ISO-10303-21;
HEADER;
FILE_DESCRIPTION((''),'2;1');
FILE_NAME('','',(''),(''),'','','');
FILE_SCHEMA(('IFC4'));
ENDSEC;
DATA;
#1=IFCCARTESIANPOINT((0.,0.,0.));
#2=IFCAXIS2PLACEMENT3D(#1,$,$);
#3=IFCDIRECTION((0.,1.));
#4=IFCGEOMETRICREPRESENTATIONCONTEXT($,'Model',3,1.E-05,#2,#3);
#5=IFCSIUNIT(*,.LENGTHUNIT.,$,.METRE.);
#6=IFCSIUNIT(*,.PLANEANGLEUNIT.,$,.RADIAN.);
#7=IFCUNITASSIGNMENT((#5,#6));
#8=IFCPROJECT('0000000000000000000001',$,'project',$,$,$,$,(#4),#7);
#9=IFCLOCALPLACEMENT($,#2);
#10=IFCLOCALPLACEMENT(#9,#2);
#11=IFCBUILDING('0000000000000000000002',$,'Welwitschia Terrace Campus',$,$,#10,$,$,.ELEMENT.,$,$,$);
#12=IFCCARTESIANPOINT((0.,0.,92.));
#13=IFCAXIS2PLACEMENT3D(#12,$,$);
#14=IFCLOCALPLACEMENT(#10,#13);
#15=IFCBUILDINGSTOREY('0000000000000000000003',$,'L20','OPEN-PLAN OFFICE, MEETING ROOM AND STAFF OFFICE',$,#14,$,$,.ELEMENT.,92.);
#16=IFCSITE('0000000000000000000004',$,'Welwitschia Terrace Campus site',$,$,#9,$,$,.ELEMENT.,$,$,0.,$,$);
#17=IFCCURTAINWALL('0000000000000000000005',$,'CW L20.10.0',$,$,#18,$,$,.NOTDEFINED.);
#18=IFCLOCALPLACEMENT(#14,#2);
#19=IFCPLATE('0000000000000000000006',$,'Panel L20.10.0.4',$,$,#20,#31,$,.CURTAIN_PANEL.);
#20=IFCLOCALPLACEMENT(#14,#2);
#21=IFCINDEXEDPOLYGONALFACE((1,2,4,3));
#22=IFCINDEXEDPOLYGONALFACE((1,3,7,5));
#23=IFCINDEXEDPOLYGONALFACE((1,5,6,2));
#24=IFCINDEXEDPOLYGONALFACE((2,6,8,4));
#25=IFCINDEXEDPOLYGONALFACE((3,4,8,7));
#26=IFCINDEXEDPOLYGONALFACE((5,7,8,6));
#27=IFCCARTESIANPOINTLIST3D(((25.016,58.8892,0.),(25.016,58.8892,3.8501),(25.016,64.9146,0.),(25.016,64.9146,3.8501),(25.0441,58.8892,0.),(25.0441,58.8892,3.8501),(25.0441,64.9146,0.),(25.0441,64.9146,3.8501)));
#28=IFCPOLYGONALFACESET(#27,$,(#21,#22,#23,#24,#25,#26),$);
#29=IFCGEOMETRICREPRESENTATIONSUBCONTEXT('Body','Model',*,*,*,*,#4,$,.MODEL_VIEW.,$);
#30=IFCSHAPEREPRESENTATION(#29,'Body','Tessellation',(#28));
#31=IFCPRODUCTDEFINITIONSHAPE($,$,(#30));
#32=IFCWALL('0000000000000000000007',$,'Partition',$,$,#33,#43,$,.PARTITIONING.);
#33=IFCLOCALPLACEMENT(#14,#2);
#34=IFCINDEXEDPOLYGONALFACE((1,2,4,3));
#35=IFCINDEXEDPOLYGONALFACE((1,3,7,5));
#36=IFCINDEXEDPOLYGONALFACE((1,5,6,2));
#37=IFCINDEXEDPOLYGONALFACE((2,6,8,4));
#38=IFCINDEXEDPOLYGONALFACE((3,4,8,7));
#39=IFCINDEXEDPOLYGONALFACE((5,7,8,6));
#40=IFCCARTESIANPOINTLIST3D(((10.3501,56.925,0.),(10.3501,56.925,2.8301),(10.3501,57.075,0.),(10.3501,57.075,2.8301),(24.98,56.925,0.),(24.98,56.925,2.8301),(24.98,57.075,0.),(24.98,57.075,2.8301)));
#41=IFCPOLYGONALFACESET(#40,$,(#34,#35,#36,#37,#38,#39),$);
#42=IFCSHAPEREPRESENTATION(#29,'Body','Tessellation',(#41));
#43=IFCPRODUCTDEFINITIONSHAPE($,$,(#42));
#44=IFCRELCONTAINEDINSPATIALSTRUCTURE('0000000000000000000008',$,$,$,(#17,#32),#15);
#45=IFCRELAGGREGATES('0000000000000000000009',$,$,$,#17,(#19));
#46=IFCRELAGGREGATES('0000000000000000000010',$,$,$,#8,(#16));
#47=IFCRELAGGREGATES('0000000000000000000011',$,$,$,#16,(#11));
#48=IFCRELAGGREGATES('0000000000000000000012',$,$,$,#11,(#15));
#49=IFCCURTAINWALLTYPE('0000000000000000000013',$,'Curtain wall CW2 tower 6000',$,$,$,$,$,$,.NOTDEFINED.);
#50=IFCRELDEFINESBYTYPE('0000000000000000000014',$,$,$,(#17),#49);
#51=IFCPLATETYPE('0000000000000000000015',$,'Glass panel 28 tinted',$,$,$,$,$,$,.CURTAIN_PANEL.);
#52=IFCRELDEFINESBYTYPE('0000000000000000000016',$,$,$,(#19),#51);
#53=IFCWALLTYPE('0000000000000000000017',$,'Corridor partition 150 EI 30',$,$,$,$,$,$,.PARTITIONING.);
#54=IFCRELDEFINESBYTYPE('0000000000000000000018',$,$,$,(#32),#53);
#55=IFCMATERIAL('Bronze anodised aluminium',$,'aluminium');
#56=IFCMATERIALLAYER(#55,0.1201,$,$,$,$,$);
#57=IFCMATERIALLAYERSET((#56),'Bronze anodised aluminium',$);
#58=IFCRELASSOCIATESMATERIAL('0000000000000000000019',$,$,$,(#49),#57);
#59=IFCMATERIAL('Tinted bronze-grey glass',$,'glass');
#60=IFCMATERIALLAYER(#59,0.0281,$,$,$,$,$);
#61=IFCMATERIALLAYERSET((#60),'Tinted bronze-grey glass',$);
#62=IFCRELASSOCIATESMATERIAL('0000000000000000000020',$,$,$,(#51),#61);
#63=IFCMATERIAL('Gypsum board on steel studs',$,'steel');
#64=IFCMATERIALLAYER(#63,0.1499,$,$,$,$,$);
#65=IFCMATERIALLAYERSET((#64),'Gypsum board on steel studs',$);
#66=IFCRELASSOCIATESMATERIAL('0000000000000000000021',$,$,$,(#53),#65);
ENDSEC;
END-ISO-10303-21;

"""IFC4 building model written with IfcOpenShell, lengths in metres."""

from ifc_helpers import new_model, si_unit, direction, frame, frame_2d, origin, origin_2d, place, context, subcontext, project, spatial, rectangle, extrude, material, layer, layer_set, type_object, element, aggregate, save


model = new_model("IFC4")

# Units and contexts
model_context = context("Model", 3, precision=1e-05, world=origin(), true_north=direction((0.0, 1.0)))
body_context = subcontext(model_context, "Body", "Model", "MODEL_VIEW")
ifc_project = project(units=[si_unit("LENGTHUNIT", "METRE"), si_unit("PLANEANGLEUNIT", "RADIAN")], contexts=[model_context])

# Site, building, storey
site_placement = place(None, origin())
site = spatial("IfcSite", under=ifc_project, at=site_placement, Name="Welwitschia Terrace Campus site", CompositionType="ELEMENT", RefElevation=0.0)
building_placement = place(site_placement, origin())
building = spatial("IfcBuilding", under=site, at=building_placement, Name="Welwitschia Terrace Campus", CompositionType="ELEMENT")
storey_placement = place(building_placement, frame((0.0, 0.0, 92.0)))
storey = spatial("IfcBuildingStorey", under=building, at=storey_placement, Name="L20", Description="OPEN-PLAN OFFICE, MEETING ROOM AND STAFF OFFICE", CompositionType="ELEMENT", Elevation=92.0)

# Curtain wall
ifc_material_1 = material(Name="Bronze anodised aluminium", Category="aluminium")
ifc_layer_1 = layer(ifc_material_1, 0.1201)
ifc_layer_set_1 = layer_set([ifc_layer_1], Name="Bronze anodised aluminium")
curtain_wall_type = type_object("IfcCurtainWallType", Name="Curtain wall CW2 tower 6000", PredefinedType="NOTDEFINED", material=ifc_layer_set_1)
curtain_wall_placement = place(storey_placement, origin())
curtain_wall = element("IfcCurtainWall", 1, at=curtain_wall_placement, inside=storey, type_object=curtain_wall_type, Name="CW L20.10.0", PredefinedType="NOTDEFINED")

# Plate
ifc_material_2 = material(Name="Tinted bronze-grey glass", Category="glass")
ifc_layer_2 = layer(ifc_material_2, 0.0281)
ifc_layer_set_2 = layer_set([ifc_layer_2], Name="Tinted bronze-grey glass")
plate_type = type_object("IfcPlateType", Name="Glass panel 28 tinted", PredefinedType="CURTAIN_PANEL", material=ifc_layer_set_2)
plate_1_placement = place(storey_placement, frame((25.03, 61.9019, 0.0), z_axis=(0.0, 0.0, 1.0), x_axis=(0.0, 1.0, 0.0)))
plate_1 = element("IfcPlate", 2, at=plate_1_placement, type_object=plate_type, Name="Panel L20.10.0.4", PredefinedType="CURTAIN_PANEL", context=body_context, shape_type="SweptSolid", body=[
    extrude(rectangle(XDim=6.0254, YDim=0.0281, at=origin_2d()), origin(), (0.0, 0.0, 1.0), 3.8501),
])
aggregate(curtain_wall, [plate_1])

# Wall
ifc_material_3 = material(Name="Gypsum board on steel studs", Category="steel")
ifc_layer_3 = layer(ifc_material_3, 0.1499)
ifc_layer_set_3 = layer_set([ifc_layer_3], Name="Gypsum board on steel studs")
wall_type = type_object("IfcWallType", Name="Corridor partition 150 EI 30", PredefinedType="PARTITIONING", material=ifc_layer_set_3)
wall_placement = place(storey_placement, frame((10.3501, 57.0, 0.0), z_axis=(0.0, 0.0, 1.0), x_axis=(1.0, 0.0, 0.0)))
element("IfcWall", 3, at=wall_placement, inside=storey, type_object=wall_type, Name="Partition", PredefinedType="PARTITIONING", context=body_context, shape_type="SweptSolid", body=[
    extrude(rectangle(XDim=14.6299, YDim=0.1499, at=frame_2d((7.3149, 0.0))), origin(), (0.0, 0.0, 1.0), 2.8301),
])

save(model, "model.ifc")
